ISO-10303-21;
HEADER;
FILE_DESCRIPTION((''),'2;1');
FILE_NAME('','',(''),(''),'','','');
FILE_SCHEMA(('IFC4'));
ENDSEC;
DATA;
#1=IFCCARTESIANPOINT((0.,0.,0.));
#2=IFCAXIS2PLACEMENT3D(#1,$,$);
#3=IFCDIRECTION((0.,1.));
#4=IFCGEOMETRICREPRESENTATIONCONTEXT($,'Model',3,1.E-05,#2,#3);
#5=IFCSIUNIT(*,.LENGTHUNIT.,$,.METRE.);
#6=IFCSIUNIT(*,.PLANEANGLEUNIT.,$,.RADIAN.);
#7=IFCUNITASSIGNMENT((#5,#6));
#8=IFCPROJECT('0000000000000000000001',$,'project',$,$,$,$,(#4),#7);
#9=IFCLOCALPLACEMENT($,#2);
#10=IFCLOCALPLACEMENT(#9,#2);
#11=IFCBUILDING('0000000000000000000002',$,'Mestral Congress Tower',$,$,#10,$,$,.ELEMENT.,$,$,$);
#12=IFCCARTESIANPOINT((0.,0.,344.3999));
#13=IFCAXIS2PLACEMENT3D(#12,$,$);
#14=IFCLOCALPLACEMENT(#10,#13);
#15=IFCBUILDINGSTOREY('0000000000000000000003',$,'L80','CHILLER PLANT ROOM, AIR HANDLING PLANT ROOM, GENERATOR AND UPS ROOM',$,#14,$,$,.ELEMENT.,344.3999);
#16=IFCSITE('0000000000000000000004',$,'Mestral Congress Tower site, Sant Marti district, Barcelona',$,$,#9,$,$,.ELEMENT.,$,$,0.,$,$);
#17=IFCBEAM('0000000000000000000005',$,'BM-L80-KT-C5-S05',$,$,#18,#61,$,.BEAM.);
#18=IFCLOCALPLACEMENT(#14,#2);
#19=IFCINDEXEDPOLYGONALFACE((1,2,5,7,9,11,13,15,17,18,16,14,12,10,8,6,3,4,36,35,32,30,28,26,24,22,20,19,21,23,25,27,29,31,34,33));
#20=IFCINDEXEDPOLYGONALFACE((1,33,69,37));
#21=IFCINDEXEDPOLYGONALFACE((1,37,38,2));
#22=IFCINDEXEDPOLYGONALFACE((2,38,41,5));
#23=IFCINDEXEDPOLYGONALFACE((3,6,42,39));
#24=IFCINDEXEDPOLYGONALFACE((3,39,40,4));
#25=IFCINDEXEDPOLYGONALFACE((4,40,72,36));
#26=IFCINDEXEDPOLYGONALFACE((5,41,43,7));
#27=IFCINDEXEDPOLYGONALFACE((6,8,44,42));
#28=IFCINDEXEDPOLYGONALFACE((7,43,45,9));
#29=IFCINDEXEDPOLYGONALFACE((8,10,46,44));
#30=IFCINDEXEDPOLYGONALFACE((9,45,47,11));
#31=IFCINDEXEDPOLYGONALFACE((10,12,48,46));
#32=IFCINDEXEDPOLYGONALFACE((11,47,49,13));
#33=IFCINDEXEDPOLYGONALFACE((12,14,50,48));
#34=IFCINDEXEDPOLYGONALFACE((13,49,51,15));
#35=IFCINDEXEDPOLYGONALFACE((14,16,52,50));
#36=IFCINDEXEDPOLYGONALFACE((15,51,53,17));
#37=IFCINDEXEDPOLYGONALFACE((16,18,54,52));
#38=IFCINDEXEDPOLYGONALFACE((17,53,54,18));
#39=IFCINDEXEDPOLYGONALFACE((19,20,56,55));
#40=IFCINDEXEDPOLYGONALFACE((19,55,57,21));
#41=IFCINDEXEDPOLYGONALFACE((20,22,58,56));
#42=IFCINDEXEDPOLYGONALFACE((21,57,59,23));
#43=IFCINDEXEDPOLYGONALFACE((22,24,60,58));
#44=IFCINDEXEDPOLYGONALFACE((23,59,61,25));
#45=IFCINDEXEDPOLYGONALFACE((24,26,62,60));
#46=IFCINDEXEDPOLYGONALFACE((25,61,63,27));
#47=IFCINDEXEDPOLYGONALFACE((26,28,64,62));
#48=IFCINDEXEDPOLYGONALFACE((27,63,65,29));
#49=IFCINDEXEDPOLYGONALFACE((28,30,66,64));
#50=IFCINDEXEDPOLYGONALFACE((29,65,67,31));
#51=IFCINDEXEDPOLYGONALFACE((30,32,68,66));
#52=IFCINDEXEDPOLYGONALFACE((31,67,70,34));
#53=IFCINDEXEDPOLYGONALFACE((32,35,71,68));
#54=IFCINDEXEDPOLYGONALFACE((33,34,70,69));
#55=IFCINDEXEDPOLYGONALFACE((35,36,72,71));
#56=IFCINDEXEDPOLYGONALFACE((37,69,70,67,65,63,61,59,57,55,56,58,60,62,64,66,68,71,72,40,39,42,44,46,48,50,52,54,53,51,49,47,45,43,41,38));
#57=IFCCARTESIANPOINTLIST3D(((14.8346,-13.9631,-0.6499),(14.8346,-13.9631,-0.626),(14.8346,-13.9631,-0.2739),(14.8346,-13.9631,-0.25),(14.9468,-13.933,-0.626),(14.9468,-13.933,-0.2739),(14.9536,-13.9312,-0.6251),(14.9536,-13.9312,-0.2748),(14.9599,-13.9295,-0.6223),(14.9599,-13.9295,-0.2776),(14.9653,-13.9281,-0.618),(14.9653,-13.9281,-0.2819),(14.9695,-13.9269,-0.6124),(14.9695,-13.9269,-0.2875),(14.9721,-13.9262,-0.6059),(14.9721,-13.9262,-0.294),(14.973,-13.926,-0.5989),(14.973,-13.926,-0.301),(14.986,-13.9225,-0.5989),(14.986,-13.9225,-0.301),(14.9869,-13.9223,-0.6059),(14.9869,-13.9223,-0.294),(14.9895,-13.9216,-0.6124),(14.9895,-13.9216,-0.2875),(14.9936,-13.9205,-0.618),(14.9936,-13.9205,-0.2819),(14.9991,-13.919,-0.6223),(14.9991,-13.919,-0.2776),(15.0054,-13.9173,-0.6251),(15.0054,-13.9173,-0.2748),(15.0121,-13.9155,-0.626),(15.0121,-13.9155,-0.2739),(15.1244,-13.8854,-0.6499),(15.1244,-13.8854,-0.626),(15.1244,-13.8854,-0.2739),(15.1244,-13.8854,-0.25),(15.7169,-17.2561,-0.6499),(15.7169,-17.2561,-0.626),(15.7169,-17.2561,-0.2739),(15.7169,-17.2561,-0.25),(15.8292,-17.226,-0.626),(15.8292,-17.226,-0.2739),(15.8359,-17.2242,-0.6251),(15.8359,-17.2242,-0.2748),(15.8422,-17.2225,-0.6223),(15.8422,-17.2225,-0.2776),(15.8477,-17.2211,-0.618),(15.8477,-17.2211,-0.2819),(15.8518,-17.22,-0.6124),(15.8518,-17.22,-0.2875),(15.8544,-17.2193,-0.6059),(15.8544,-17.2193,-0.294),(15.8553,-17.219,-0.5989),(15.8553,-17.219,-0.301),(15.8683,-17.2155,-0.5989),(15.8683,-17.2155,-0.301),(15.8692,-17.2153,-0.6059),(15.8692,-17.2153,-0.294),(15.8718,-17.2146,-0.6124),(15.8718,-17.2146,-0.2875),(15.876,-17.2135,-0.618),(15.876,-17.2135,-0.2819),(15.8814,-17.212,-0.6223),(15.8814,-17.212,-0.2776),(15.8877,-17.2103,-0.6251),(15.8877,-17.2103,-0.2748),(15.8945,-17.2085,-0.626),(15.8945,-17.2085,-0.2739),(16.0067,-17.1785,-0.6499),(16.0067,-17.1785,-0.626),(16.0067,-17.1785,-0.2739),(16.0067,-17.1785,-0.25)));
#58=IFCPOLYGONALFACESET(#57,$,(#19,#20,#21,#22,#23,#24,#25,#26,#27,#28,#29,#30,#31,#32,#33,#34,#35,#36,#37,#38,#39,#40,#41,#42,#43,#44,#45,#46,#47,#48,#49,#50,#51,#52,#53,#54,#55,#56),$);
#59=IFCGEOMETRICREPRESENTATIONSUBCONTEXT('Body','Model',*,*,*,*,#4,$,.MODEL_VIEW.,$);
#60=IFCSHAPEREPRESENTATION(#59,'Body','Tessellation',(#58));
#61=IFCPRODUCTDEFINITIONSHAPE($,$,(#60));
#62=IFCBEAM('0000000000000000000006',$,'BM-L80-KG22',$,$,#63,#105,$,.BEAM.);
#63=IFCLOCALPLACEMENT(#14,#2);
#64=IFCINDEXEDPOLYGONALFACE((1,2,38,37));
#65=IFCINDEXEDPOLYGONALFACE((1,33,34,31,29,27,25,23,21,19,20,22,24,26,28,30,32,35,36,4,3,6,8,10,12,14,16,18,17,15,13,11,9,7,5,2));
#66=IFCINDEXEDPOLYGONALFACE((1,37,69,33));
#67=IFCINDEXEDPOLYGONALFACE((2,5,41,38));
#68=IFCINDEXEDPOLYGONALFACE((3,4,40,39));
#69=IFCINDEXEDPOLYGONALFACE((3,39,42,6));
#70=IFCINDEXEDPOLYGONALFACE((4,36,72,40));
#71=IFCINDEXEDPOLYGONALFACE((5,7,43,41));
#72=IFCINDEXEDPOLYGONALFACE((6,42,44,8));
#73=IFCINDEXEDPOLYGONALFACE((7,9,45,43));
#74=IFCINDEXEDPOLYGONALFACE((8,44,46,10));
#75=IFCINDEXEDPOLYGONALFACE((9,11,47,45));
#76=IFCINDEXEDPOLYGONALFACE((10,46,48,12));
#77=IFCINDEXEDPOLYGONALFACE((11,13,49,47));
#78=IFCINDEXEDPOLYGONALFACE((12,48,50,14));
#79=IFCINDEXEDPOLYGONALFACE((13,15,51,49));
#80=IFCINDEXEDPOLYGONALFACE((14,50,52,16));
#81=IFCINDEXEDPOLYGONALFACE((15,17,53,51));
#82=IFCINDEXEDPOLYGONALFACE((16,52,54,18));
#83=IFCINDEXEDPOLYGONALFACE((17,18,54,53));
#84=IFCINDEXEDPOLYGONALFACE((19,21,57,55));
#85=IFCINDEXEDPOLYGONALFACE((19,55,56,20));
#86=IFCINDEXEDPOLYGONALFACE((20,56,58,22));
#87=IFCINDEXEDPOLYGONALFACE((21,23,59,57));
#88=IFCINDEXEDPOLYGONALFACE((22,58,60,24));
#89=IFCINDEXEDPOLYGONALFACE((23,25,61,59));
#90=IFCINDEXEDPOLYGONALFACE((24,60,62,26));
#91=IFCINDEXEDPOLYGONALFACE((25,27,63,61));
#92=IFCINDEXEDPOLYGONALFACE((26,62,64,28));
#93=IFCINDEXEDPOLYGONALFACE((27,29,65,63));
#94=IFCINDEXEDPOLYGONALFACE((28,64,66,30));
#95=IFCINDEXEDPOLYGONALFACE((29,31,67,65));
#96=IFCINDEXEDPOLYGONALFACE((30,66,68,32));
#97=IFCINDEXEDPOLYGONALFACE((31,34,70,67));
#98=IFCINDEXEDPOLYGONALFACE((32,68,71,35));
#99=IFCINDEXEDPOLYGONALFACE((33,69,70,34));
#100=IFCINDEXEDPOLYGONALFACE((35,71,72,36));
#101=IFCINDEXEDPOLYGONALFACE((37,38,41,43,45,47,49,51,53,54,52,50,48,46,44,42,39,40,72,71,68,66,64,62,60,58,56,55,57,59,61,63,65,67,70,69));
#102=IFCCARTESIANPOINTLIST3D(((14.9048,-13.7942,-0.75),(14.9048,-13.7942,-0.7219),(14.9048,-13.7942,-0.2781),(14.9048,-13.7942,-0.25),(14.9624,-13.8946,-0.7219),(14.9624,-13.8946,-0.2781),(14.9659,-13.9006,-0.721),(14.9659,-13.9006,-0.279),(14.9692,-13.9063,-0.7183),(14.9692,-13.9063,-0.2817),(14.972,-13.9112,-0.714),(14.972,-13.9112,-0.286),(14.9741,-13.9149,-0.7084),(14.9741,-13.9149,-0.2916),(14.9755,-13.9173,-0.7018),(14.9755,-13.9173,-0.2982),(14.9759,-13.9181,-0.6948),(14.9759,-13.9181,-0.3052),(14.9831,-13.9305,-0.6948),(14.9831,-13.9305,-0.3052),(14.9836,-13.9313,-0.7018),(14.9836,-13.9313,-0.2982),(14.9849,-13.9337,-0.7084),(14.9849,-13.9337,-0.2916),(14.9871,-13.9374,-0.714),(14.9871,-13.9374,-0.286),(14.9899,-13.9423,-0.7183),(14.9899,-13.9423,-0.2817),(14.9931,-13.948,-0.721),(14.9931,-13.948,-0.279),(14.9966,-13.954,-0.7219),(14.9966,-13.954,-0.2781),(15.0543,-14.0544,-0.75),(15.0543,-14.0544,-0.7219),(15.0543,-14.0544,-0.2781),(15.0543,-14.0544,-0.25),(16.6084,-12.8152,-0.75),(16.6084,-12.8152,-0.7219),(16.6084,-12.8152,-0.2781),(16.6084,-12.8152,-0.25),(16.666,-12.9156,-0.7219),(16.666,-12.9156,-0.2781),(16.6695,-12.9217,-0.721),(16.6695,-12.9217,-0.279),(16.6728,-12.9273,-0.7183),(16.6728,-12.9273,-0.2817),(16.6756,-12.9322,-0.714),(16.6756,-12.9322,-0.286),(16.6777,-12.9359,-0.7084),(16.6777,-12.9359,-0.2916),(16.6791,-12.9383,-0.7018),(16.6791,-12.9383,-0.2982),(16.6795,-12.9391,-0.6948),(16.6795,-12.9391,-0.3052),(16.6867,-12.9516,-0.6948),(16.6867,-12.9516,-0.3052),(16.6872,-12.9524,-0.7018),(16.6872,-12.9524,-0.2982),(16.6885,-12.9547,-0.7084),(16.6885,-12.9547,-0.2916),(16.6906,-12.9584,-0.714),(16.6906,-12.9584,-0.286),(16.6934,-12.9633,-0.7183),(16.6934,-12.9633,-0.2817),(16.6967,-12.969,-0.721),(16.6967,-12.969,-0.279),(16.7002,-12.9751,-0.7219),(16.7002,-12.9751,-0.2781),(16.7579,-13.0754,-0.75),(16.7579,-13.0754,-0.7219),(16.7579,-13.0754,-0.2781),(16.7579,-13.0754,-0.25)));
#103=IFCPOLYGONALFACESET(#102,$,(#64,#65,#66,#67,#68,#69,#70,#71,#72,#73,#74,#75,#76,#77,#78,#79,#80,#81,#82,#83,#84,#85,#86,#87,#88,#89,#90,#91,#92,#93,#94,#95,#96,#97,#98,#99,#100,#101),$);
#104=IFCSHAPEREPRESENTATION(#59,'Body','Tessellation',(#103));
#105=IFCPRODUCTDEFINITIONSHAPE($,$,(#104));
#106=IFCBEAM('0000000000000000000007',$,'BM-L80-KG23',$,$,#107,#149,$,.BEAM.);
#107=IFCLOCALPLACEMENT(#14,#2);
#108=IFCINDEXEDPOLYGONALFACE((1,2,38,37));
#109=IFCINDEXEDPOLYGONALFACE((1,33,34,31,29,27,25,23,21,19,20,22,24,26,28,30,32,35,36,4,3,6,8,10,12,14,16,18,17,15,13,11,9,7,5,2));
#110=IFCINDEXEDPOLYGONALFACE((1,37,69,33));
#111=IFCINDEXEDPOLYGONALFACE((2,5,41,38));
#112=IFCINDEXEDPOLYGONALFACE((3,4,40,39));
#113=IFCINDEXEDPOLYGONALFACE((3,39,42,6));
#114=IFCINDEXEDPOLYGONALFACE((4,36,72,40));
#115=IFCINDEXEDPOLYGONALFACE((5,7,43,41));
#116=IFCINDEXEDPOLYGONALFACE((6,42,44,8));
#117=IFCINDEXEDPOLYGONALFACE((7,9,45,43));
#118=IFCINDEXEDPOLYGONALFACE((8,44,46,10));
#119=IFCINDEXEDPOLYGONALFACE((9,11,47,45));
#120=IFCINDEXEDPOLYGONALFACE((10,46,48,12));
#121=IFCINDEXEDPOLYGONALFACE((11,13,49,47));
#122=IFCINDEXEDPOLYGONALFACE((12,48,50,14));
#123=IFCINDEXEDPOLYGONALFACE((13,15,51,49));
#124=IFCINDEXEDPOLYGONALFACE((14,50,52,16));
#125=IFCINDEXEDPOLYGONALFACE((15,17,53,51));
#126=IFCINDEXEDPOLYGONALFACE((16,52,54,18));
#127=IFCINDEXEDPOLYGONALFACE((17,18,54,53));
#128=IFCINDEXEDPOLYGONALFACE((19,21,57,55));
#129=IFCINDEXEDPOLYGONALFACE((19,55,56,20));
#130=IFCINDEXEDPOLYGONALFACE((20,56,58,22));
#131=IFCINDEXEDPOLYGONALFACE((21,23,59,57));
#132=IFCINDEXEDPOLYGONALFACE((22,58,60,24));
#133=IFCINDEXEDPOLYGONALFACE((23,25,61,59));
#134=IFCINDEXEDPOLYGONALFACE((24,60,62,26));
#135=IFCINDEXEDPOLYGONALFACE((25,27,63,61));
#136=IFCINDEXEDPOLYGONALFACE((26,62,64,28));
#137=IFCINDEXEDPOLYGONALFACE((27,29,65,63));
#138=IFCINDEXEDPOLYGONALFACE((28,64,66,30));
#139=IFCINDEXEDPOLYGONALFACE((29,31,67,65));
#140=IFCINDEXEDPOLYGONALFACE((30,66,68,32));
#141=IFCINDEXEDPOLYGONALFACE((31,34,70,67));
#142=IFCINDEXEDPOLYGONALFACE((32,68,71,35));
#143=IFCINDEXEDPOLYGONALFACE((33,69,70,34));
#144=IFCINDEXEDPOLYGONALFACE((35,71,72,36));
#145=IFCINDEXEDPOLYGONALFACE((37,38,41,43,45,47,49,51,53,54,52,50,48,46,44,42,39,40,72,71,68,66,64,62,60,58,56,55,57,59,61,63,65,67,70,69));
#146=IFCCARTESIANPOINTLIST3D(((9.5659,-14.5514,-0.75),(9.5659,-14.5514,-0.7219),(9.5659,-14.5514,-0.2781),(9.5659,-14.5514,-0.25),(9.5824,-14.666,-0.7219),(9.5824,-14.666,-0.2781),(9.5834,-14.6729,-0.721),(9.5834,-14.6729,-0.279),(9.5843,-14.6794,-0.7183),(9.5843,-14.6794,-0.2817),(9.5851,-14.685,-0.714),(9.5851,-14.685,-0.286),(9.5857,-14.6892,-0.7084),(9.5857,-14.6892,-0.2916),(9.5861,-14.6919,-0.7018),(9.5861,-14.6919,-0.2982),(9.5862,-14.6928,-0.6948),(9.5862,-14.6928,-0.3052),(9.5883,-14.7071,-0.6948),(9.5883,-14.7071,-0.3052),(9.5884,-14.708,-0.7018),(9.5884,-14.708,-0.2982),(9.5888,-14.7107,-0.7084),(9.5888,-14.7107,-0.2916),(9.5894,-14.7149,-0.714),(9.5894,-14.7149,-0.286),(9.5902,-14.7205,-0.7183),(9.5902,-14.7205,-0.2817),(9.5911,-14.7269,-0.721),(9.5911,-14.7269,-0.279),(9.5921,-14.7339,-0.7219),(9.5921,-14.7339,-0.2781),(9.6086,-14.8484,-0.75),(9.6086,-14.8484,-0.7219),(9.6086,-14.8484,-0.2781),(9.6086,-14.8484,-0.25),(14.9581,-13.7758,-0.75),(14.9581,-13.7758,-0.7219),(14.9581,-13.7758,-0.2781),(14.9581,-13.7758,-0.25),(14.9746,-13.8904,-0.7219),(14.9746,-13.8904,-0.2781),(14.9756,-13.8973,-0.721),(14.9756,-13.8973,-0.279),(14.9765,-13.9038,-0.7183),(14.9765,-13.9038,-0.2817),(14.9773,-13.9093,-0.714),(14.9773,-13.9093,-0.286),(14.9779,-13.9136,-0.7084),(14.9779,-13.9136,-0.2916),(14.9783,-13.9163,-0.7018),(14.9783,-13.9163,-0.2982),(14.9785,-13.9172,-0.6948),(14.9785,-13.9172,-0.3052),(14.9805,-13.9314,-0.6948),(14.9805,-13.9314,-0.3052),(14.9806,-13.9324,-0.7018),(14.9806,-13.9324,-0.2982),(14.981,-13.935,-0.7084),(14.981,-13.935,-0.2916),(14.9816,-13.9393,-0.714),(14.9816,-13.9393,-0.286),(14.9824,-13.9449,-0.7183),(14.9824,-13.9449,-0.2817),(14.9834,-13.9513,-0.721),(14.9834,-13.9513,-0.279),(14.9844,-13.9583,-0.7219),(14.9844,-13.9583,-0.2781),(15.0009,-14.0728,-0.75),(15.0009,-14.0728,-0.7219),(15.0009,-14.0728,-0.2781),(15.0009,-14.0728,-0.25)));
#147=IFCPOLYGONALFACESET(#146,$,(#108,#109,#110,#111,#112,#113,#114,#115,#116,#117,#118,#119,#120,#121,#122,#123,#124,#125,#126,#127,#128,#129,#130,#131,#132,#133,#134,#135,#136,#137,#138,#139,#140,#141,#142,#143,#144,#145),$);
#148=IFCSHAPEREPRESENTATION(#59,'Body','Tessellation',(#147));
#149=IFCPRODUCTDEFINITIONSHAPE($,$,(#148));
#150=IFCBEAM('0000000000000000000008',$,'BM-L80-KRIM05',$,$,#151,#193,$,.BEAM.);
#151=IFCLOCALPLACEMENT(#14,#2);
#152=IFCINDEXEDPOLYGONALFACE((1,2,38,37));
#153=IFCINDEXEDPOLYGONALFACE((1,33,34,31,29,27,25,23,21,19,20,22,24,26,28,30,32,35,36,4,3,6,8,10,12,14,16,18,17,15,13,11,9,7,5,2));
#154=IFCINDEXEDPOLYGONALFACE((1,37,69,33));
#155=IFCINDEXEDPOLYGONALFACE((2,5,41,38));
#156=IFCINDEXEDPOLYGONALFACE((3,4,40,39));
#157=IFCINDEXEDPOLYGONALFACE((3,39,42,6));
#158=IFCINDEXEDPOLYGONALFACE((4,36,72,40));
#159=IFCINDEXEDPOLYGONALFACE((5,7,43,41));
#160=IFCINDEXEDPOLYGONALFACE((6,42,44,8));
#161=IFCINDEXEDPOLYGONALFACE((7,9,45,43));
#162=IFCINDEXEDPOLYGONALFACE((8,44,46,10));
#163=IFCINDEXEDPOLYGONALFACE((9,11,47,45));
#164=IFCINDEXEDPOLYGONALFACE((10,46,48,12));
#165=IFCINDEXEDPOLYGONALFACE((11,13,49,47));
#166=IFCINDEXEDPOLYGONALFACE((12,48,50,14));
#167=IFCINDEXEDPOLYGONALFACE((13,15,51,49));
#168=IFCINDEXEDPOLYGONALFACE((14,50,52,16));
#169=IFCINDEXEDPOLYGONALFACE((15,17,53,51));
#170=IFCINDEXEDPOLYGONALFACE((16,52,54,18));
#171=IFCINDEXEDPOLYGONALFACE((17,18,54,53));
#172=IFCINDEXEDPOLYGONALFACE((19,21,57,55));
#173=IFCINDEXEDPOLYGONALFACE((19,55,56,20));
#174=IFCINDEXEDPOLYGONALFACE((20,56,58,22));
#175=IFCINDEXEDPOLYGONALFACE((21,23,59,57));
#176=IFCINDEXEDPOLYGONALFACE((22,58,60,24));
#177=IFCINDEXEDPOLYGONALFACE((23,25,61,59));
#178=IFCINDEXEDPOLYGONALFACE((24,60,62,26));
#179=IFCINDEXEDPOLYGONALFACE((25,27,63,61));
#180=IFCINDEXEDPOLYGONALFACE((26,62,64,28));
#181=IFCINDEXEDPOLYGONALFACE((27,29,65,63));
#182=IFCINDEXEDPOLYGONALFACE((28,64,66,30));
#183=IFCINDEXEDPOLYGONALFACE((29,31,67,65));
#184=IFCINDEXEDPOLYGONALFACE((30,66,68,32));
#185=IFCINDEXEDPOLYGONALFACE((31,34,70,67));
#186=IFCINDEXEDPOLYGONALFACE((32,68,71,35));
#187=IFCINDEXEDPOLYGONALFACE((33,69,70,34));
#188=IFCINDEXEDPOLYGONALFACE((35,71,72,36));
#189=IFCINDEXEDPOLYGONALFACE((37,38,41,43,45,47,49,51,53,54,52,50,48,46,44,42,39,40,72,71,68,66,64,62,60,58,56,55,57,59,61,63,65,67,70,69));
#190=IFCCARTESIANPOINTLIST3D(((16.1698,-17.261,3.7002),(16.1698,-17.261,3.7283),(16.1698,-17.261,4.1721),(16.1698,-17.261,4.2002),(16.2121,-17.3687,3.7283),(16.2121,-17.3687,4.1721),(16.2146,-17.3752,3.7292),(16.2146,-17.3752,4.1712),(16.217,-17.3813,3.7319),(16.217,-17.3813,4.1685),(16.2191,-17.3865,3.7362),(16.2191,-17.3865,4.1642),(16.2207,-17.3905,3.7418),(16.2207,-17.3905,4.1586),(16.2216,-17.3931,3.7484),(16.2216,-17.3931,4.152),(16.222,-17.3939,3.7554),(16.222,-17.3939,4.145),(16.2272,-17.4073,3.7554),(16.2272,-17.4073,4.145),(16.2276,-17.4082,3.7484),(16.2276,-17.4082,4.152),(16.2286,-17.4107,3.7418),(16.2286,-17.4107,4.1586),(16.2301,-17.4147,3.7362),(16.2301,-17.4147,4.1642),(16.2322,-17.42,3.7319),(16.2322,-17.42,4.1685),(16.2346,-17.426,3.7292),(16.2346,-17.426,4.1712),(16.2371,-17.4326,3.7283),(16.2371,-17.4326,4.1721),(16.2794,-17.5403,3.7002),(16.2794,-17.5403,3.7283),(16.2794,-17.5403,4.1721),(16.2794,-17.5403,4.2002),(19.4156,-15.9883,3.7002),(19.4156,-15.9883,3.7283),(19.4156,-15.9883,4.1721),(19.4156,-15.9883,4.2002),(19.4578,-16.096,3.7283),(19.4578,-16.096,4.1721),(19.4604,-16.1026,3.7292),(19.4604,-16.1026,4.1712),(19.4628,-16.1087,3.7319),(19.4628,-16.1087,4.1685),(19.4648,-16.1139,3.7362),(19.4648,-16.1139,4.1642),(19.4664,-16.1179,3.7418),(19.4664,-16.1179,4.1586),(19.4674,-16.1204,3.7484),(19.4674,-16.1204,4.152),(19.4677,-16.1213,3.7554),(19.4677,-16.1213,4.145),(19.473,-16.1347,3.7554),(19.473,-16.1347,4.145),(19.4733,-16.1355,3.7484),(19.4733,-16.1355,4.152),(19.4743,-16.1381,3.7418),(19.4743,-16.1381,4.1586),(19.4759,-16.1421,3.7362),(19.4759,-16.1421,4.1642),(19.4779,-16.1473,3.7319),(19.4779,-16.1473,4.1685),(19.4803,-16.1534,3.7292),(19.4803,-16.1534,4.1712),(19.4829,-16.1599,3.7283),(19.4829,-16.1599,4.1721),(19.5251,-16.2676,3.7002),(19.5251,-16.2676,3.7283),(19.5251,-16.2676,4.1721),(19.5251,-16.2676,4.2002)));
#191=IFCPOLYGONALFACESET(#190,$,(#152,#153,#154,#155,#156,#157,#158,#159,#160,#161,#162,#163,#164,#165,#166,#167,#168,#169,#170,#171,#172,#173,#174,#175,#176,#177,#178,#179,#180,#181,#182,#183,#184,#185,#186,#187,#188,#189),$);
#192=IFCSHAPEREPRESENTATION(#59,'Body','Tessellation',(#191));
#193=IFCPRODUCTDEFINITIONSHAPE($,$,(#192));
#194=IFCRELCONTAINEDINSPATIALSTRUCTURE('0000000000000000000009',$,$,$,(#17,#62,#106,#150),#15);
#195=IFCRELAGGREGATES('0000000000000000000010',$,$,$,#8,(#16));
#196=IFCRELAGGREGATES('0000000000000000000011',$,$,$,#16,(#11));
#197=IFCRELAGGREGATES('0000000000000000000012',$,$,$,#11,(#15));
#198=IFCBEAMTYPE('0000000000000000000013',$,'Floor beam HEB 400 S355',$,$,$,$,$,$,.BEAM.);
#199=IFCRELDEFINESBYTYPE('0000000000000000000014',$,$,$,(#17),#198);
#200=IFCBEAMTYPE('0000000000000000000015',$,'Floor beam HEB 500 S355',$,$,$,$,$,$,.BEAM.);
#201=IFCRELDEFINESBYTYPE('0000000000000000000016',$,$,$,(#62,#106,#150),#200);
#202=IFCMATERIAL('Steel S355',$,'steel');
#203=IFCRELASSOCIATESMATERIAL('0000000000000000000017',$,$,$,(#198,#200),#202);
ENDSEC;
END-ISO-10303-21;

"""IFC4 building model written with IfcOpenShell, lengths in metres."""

from ifc_helpers import new_model, si_unit, direction, frame, origin, origin_2d, place, context, subcontext, project, spatial, i_section, extrude, material, material_profile, profile_set, type_object, element, save


model = new_model("IFC4")

# Units and contexts
model_context = context("Model", 3, precision=1e-05, world=origin(), true_north=direction((0.0, 1.0)))
body_context = subcontext(model_context, "Body", "Model", "MODEL_VIEW")
ifc_project = project(units=[si_unit("LENGTHUNIT", "METRE"), si_unit("PLANEANGLEUNIT", "RADIAN")], contexts=[model_context])

# Site, building, storey
site_placement = place(None, origin())
site = spatial("IfcSite", under=ifc_project, at=site_placement, Name="Mestral Congress Tower site, Sant Marti district, Barcelona", CompositionType="ELEMENT", RefElevation=0.0)
building_placement = place(site_placement, origin())
building = spatial("IfcBuilding", under=site, at=building_placement, Name="Mestral Congress Tower", CompositionType="ELEMENT")
storey_placement = place(building_placement, frame((0.0, 0.0, 344.3999)))
storey = spatial("IfcBuildingStorey", under=building, at=storey_placement, Name="L80", Description="CHILLER PLANT ROOM, AIR HANDLING PLANT ROOM, GENERATOR AND UPS ROOM", CompositionType="ELEMENT", Elevation=344.3999)

# Shared definitions
ifc_material_1 = material(Name="Steel S355", Category="steel")

# Beams
ifc_material_profile_1 = material_profile(ifc_material_1, i_section(OverallWidth=0.3, OverallDepth=0.3999, WebThickness=0.0134, FlangeThickness=0.0239, FilletRadius=0.0271, at=origin_2d()), Name="HEB 400")
ifc_profile_set_1 = profile_set([ifc_material_profile_1], Name="Steel S355")
beam_type_1 = type_object("IfcBeamType", Name="Floor beam HEB 400 S355", PredefinedType="BEAM", material=ifc_profile_set_1)
beam_1_placement = place(storey_placement, frame((15.8618, -17.2173, -0.45), z_axis=(-0.258812, 0.965928, 0.0), x_axis=(-0.965928, -0.258812, 0.0)))
element("IfcBeam", 1, at=beam_1_placement, inside=storey, type_object=beam_type_1, Name="BM-L80-KT-C5-S05", PredefinedType="BEAM", context=body_context, shape_type="SweptSolid", body=[
    extrude(i_section(OverallWidth=0.3, OverallDepth=0.3999, WebThickness=0.0134, FlangeThickness=0.0239, FilletRadius=0.0271, at=origin_2d()), origin(), (0.0, 0.0, 1.0), 3.4092),
])
ifc_material_profile_2 = material_profile(ifc_material_1, i_section(OverallWidth=0.3, OverallDepth=0.5, WebThickness=0.0144, FlangeThickness=0.0281, FilletRadius=0.0271, at=origin_2d()), Name="HEB 500")
ifc_profile_set_2 = profile_set([ifc_material_profile_2], Name="Steel S355")
beam_type_2 = type_object("IfcBeamType", Name="Floor beam HEB 500 S355", PredefinedType="BEAM", material=ifc_profile_set_2)
beam_2_placement = place(storey_placement, frame((16.6831, -12.9453, -0.5), z_axis=(-0.867032, -0.498252, 0.0), x_axis=(0.498252, -0.867032, 0.0)))
element("IfcBeam", 2, at=beam_2_placement, inside=storey, type_object=beam_type_2, Name="BM-L80-KG22", PredefinedType="BEAM", context=body_context, shape_type="SweptSolid", body=[
    extrude(i_section(OverallWidth=0.3, OverallDepth=0.5, WebThickness=0.0144, FlangeThickness=0.0281, FilletRadius=0.0271, at=origin_2d()), origin(), (0.0, 0.0, 1.0), 1.9648),
])
beam_3_placement = place(storey_placement, frame((14.9795, -13.9243, -0.5), z_axis=(-0.989813, -0.142375, 0.0), x_axis=(0.142375, -0.989813, 0.0)))
element("IfcBeam", 3, at=beam_3_placement, inside=storey, type_object=beam_type_2, Name="BM-L80-KG23", PredefinedType="BEAM", context=body_context, shape_type="SweptSolid", body=[
    extrude(i_section(OverallWidth=0.3, OverallDepth=0.5, WebThickness=0.0144, FlangeThickness=0.0281, FilletRadius=0.0271, at=origin_2d()), origin(), (0.0, 0.0, 1.0), 5.4478),
])
beam_4_placement = place(storey_placement, frame((16.2246, -17.4006, 3.9502), z_axis=(0.93099, 0.365043, 0.0), x_axis=(-0.365043, 0.93099, 0.0)))
element("IfcBeam", 4, at=beam_4_placement, inside=storey, type_object=beam_type_2, Name="BM-L80-KRIM05", PredefinedType="BEAM", context=body_context, shape_type="SweptSolid", body=[
    extrude(i_section(OverallWidth=0.3, OverallDepth=0.5, WebThickness=0.0144, FlangeThickness=0.0281, FilletRadius=0.0271, at=origin_2d()), origin(), (0.0, 0.0, 1.0), 3.4863),
])

save(model, "model.ifc")
